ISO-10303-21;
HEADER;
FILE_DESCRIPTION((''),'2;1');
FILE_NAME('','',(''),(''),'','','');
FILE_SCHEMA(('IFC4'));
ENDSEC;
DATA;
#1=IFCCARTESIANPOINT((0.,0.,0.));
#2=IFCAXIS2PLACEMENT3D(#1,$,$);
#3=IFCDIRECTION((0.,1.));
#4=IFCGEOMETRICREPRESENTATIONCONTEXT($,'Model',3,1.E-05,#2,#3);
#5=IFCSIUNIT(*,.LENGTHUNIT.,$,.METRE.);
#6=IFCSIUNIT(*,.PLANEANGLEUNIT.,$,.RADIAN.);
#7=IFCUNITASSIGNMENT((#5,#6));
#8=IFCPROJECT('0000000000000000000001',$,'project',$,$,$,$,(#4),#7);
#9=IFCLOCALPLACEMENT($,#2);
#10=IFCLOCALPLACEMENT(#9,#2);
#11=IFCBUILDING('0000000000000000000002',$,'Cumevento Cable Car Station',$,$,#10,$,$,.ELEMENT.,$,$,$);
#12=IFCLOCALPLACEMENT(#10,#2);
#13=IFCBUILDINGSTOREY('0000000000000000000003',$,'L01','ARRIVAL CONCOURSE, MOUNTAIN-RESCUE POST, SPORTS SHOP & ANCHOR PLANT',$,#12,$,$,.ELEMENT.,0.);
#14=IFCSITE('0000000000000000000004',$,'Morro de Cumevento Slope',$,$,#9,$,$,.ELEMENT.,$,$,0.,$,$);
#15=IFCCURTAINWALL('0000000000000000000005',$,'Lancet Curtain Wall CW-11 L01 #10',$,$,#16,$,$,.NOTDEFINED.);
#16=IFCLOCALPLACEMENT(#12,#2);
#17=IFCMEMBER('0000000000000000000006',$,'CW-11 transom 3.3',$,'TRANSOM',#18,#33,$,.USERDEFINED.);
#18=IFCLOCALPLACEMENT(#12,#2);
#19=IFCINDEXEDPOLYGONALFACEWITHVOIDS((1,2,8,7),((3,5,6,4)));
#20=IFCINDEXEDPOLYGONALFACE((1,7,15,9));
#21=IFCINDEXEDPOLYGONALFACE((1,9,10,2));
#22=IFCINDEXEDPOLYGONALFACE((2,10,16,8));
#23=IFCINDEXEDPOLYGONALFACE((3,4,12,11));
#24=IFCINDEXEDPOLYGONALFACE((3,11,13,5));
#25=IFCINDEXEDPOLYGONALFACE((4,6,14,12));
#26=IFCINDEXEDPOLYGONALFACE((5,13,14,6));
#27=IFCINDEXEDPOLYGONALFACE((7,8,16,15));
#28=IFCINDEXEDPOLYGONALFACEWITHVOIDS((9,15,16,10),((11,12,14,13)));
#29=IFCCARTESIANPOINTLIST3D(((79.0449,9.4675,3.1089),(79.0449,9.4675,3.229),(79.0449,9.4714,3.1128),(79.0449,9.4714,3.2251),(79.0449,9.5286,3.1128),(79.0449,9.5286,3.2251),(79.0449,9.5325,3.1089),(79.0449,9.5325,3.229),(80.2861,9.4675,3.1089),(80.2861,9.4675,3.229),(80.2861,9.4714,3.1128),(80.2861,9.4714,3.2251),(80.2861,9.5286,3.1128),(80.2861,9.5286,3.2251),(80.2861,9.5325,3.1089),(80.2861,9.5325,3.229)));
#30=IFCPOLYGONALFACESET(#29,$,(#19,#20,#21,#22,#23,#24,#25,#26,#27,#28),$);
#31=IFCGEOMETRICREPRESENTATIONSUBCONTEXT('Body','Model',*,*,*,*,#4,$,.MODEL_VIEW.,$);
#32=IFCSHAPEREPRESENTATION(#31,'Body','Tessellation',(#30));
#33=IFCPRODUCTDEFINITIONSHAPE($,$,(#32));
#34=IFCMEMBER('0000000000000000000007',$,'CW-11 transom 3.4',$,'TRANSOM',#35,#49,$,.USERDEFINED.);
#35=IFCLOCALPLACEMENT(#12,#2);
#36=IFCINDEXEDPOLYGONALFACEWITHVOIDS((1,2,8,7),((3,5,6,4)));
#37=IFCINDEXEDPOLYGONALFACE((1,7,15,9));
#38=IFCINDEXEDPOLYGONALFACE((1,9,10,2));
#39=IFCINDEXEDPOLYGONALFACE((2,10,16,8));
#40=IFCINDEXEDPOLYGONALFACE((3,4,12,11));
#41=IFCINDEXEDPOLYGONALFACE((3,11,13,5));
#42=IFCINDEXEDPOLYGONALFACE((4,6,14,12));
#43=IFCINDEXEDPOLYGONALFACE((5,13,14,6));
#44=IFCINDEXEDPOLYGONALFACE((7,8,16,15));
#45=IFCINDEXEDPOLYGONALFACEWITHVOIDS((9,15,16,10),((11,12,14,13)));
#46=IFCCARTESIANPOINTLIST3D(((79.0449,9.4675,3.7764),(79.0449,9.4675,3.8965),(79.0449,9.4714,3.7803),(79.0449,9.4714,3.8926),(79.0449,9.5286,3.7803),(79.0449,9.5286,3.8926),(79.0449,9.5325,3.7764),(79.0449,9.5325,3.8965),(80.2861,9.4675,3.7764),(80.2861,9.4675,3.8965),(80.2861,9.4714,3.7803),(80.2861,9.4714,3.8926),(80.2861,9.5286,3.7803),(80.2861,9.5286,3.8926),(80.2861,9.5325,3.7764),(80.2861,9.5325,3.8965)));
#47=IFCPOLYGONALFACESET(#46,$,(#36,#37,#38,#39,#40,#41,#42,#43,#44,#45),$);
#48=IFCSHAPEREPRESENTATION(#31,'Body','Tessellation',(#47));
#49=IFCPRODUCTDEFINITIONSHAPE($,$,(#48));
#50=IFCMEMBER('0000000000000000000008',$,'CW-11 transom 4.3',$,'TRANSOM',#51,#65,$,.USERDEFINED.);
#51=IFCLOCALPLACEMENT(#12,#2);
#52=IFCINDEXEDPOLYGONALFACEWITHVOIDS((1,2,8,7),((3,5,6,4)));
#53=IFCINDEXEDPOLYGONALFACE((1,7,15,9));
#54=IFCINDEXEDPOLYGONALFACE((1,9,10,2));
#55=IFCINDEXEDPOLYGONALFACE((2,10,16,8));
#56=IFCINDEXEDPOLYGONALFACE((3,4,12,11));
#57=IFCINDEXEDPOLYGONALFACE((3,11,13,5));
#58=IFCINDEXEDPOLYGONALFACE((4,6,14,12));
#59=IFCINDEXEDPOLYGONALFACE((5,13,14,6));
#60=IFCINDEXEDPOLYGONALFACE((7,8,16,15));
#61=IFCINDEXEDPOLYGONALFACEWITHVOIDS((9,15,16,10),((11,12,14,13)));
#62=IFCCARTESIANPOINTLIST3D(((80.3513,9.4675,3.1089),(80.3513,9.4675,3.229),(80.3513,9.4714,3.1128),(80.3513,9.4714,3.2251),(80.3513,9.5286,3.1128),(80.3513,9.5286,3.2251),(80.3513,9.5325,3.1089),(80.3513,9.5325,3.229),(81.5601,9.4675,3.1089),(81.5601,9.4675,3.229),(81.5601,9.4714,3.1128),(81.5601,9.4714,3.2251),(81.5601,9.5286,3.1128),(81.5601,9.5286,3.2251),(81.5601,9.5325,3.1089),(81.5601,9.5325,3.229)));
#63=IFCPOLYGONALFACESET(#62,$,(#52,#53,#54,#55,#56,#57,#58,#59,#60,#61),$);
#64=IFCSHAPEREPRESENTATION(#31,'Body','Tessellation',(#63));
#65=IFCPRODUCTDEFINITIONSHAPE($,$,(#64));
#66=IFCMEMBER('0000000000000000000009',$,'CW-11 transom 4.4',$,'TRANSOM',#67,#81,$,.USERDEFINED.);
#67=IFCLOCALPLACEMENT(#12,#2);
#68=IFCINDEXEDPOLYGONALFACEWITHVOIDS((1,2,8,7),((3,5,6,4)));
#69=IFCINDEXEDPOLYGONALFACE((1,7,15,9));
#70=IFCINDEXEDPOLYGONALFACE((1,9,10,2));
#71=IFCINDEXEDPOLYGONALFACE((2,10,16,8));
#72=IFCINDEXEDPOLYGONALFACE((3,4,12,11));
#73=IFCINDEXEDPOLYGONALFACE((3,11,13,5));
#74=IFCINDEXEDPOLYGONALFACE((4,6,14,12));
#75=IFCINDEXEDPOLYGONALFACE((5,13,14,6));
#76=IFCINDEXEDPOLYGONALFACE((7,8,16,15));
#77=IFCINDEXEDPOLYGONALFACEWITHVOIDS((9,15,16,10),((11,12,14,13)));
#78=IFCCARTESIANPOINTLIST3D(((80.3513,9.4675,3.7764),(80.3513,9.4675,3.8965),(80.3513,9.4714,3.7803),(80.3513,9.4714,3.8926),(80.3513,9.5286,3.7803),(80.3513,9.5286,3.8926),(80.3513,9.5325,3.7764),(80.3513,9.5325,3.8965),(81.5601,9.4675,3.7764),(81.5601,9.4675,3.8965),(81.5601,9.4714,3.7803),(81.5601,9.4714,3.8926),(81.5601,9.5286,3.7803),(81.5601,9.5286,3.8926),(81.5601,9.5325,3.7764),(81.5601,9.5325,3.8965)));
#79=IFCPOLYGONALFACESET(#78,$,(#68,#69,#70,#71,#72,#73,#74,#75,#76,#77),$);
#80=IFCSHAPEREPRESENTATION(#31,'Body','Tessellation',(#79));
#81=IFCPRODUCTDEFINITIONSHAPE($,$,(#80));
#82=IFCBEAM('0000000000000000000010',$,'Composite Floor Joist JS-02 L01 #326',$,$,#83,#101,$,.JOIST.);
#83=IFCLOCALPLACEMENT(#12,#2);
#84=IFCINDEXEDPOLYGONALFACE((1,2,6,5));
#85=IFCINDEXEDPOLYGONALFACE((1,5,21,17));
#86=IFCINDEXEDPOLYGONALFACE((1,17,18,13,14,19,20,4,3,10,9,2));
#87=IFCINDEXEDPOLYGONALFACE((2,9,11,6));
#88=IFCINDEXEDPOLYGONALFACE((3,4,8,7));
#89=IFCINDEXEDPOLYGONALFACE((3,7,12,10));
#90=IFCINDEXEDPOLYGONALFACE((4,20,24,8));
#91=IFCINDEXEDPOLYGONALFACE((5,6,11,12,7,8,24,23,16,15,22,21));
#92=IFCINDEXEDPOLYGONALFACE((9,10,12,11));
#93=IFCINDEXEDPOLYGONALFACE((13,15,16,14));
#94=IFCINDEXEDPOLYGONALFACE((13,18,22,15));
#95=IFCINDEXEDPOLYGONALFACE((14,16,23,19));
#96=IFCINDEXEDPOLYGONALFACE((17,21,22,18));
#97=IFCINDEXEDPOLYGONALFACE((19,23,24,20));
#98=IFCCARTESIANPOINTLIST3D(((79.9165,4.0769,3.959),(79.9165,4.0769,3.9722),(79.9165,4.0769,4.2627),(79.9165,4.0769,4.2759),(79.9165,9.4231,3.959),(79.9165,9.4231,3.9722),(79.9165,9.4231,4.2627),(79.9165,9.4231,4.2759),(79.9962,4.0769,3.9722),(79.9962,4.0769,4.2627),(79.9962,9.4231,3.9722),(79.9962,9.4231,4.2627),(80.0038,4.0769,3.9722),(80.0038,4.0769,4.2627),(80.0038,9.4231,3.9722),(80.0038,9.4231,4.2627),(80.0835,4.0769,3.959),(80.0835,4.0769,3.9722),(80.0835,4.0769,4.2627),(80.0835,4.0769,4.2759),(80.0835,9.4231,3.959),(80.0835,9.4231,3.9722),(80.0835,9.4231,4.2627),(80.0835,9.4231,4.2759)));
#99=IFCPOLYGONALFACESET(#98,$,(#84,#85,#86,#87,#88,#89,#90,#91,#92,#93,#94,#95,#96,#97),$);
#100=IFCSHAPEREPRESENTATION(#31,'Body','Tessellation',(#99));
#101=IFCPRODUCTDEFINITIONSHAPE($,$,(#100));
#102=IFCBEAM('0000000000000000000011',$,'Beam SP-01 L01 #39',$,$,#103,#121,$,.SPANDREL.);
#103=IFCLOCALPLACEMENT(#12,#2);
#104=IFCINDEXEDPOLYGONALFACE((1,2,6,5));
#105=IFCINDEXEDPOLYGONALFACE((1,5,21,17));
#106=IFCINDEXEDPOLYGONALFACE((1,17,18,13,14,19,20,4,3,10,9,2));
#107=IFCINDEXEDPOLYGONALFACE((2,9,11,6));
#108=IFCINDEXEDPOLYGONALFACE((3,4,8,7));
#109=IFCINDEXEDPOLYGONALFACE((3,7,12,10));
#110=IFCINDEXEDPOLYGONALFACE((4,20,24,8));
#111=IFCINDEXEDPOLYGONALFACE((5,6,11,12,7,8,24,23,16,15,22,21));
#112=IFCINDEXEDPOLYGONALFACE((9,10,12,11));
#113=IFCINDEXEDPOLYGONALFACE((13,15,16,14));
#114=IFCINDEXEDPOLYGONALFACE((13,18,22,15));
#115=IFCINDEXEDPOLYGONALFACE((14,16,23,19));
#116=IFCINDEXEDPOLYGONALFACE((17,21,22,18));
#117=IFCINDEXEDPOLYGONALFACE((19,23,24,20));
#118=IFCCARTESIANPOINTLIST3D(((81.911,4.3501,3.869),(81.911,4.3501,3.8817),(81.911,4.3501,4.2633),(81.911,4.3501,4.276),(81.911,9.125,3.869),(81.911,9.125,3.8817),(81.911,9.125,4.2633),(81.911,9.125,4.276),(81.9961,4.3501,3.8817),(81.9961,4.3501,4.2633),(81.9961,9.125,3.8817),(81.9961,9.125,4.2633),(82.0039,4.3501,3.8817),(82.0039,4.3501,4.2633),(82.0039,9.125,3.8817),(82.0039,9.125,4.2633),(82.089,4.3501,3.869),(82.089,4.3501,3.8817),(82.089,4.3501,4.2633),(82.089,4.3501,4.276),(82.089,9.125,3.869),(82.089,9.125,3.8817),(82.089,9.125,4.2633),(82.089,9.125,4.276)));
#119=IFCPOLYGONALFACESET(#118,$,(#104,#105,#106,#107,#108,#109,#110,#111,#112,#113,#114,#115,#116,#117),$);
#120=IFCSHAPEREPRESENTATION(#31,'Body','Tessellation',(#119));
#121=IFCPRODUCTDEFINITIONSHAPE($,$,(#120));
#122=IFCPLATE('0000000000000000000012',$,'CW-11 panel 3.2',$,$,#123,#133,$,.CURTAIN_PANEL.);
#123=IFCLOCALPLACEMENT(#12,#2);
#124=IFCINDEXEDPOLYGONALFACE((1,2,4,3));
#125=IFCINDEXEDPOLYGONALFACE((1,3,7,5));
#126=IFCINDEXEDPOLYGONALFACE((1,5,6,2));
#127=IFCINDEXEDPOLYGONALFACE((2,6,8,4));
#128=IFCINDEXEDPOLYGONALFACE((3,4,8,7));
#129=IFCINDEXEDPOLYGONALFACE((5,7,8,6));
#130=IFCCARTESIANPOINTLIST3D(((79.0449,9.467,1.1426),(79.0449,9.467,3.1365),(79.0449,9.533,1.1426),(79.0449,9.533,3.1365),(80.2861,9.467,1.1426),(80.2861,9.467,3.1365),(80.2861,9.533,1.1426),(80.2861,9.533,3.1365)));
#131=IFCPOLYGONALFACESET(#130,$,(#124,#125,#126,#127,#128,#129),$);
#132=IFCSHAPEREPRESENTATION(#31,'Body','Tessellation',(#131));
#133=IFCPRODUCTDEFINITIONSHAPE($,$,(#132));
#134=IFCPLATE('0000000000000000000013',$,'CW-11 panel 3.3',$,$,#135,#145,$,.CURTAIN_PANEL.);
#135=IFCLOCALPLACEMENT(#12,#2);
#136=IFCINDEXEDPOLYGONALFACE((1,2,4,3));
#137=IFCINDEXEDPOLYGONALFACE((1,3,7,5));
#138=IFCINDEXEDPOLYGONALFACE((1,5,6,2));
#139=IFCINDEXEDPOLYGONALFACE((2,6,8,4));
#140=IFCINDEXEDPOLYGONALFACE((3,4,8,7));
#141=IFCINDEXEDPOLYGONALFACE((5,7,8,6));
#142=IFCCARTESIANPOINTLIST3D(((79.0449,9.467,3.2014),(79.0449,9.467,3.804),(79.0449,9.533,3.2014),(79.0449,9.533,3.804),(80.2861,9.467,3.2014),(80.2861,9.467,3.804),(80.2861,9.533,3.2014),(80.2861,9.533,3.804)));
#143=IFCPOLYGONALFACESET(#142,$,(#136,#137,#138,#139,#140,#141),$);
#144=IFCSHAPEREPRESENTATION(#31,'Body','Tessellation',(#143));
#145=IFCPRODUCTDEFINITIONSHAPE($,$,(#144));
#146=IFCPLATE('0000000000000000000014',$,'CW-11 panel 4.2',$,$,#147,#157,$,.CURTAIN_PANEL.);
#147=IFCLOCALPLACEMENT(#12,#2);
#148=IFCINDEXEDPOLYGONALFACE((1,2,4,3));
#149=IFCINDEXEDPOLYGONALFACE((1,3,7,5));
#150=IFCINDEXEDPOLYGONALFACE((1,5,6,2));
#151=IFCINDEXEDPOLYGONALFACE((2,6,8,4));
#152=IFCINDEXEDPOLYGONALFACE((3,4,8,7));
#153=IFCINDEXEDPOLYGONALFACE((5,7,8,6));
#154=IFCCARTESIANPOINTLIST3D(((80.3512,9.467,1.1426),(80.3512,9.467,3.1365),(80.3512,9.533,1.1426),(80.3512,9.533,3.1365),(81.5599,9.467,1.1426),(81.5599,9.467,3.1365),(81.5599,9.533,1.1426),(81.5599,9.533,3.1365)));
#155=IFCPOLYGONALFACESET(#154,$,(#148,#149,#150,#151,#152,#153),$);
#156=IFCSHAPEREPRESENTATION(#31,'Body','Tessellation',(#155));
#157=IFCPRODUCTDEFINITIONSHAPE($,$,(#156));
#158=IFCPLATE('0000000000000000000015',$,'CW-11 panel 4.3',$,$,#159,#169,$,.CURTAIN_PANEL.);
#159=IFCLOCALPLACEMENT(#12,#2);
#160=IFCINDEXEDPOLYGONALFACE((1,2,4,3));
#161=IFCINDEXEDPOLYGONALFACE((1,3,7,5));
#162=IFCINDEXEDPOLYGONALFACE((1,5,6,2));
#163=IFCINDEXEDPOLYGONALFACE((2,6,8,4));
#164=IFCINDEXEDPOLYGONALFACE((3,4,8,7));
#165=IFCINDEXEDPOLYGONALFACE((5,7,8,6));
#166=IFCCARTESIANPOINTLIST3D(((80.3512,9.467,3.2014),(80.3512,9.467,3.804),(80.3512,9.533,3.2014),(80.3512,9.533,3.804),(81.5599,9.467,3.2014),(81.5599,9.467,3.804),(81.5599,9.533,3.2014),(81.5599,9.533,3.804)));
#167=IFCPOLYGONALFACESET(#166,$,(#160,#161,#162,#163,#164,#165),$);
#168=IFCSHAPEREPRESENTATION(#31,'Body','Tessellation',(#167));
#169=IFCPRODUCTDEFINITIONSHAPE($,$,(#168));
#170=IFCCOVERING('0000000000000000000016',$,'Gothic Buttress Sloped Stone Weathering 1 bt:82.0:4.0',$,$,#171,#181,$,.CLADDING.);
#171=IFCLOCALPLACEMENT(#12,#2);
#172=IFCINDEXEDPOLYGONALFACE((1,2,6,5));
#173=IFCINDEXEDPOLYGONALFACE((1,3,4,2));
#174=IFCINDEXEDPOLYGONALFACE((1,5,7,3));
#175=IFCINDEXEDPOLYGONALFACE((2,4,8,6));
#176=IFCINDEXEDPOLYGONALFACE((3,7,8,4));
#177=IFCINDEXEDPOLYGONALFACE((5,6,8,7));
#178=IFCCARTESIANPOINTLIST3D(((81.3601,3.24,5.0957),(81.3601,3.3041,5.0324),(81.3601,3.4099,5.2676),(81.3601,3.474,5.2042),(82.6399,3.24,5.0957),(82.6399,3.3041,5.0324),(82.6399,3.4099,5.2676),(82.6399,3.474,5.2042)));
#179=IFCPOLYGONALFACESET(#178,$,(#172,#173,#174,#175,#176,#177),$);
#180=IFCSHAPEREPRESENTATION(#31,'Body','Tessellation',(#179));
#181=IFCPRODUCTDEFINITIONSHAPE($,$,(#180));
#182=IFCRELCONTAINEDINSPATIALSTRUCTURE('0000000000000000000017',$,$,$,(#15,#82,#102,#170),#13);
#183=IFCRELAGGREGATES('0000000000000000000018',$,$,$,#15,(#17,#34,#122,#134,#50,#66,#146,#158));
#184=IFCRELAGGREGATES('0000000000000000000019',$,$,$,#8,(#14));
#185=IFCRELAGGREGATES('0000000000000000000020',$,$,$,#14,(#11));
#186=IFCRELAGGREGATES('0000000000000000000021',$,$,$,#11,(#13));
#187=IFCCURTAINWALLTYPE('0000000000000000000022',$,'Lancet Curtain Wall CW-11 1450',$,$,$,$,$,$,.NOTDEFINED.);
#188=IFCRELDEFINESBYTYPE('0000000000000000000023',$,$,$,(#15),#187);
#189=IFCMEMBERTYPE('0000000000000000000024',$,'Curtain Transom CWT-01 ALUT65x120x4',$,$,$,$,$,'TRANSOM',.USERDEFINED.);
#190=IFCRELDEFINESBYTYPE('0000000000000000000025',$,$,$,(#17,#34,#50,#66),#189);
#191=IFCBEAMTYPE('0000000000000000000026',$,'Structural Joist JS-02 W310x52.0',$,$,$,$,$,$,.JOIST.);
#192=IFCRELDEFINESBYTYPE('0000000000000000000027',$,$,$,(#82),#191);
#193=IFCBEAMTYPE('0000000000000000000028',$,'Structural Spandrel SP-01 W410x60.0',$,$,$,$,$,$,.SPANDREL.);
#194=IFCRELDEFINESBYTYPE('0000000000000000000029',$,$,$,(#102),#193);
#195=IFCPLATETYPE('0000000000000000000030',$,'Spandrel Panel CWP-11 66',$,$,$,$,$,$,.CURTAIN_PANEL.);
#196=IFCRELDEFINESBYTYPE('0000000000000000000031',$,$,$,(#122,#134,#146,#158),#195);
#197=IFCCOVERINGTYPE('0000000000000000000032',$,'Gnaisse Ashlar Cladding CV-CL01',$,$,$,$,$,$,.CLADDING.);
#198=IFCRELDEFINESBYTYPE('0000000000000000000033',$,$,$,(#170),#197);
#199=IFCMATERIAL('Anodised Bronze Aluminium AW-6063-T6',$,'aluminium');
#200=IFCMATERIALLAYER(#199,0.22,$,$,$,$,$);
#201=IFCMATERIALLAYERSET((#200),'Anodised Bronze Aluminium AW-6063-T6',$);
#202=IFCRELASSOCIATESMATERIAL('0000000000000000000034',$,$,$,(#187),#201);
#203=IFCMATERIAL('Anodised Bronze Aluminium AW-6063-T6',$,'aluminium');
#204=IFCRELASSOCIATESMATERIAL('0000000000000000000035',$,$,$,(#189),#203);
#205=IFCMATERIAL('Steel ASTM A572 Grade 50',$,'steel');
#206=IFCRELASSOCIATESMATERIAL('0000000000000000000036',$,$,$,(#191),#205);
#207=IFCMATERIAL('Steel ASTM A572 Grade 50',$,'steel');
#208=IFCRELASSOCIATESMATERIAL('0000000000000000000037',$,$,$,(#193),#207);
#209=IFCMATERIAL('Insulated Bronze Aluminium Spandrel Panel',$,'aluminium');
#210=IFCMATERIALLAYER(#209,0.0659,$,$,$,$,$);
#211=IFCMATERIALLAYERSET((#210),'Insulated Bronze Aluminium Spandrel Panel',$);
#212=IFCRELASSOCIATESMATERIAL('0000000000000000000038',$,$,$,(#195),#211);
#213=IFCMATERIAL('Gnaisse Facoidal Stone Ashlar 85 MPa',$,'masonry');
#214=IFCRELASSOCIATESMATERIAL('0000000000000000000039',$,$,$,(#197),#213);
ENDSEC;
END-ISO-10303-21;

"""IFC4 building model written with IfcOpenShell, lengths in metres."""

from ifc_helpers import new_model, si_unit, direction, frame, origin, origin_2d, place, context, subcontext, project, spatial, polyline, rectangle, hollow_rectangle, i_section, outline, extrude, material, layer, layer_set, material_profile, profile_set, type_object, element, aggregate, save


model = new_model("IFC4")

# Units and contexts
model_context = context("Model", 3, precision=1e-05, world=origin(), true_north=direction((0.0, 1.0)))
body_context = subcontext(model_context, "Body", "Model", "MODEL_VIEW")
ifc_project = project(units=[si_unit("LENGTHUNIT", "METRE"), si_unit("PLANEANGLEUNIT", "RADIAN")], contexts=[model_context])

# Site, building, storey
site_placement = place(None, origin())
site = spatial("IfcSite", under=ifc_project, at=site_placement, Name="Morro de Cumevento Slope", CompositionType="ELEMENT", RefElevation=0.0)
building_placement = place(site_placement, origin())
building = spatial("IfcBuilding", under=site, at=building_placement, Name="Cumevento Cable Car Station", CompositionType="ELEMENT")
storey_placement = place(building_placement, origin())
storey = spatial("IfcBuildingStorey", under=building, at=storey_placement, Name="L01", Description="ARRIVAL CONCOURSE, MOUNTAIN-RESCUE POST, SPORTS SHOP & ANCHOR PLANT", CompositionType="ELEMENT", Elevation=0.0)

# Curtain wall, members
ifc_material_1 = material(Name="Anodised Bronze Aluminium AW-6063-T6", Category="aluminium")
ifc_layer_1 = layer(ifc_material_1, 0.22)
ifc_layer_set_1 = layer_set([ifc_layer_1], Name="Anodised Bronze Aluminium AW-6063-T6")
curtain_wall_type = type_object("IfcCurtainWallType", Name="Lancet Curtain Wall CW-11 1450", PredefinedType="NOTDEFINED", material=ifc_layer_set_1)
curtain_wall_placement = place(storey_placement, origin())
curtain_wall = element("IfcCurtainWall", 1, at=curtain_wall_placement, inside=storey, type_object=curtain_wall_type, Name="Lancet Curtain Wall CW-11 L01 #10", PredefinedType="NOTDEFINED")
ifc_material_2 = material(Name="Anodised Bronze Aluminium AW-6063-T6", Category="aluminium")
ifc_material_profile_1 = material_profile(ifc_material_2, hollow_rectangle(XDim=0.0649, YDim=0.1201, WallThickness=0.0039, at=origin_2d()), Name="ALUT65x120x4")
ifc_profile_set_1 = profile_set([ifc_material_profile_1], Name="Anodised Bronze Aluminium AW-6063-T6")
member_type = type_object("IfcMemberType", Name="Curtain Transom CWT-01 ALUT65x120x4", ElementType="TRANSOM", PredefinedType="USERDEFINED", material=ifc_profile_set_1)
member_1_placement = place(storey_placement, frame((79.0449, 9.5, 3.1689), z_axis=(1.0, 0.0, 0.0), x_axis=(0.0, 1.0, 0.0)))
member_1 = element("IfcMember", 2, at=member_1_placement, type_object=member_type, Name="CW-11 transom 3.3", ObjectType="TRANSOM", PredefinedType="USERDEFINED", context=body_context, shape_type="SweptSolid", body=[
    extrude(hollow_rectangle(XDim=0.0649, YDim=0.1201, WallThickness=0.0039, at=origin_2d()), origin(), (0.0, 0.0, 1.0), 1.2412),
])
member_2_placement = place(storey_placement, frame((79.0449, 9.5, 3.8364), z_axis=(1.0, 0.0, 0.0), x_axis=(0.0, 1.0, 0.0)))
member_2 = element("IfcMember", 3, at=member_2_placement, type_object=member_type, Name="CW-11 transom 3.4", ObjectType="TRANSOM", PredefinedType="USERDEFINED", context=body_context, shape_type="SweptSolid", body=[
    extrude(hollow_rectangle(XDim=0.0649, YDim=0.1201, WallThickness=0.0039, at=origin_2d()), origin(), (0.0, 0.0, 1.0), 1.2412),
])
member_3_placement = place(storey_placement, frame((80.3513, 9.5, 3.1689), z_axis=(1.0, 0.0, 0.0), x_axis=(0.0, 1.0, 0.0)))
member_3 = element("IfcMember", 4, at=member_3_placement, type_object=member_type, Name="CW-11 transom 4.3", ObjectType="TRANSOM", PredefinedType="USERDEFINED", context=body_context, shape_type="SweptSolid", body=[
    extrude(hollow_rectangle(XDim=0.0649, YDim=0.1201, WallThickness=0.0039, at=origin_2d()), origin(), (0.0, 0.0, 1.0), 1.2087),
])
member_4_placement = place(storey_placement, frame((80.3513, 9.5, 3.8364), z_axis=(1.0, 0.0, 0.0), x_axis=(0.0, 1.0, 0.0)))
member_4 = element("IfcMember", 5, at=member_4_placement, type_object=member_type, Name="CW-11 transom 4.4", ObjectType="TRANSOM", PredefinedType="USERDEFINED", context=body_context, shape_type="SweptSolid", body=[
    extrude(hollow_rectangle(XDim=0.0649, YDim=0.1201, WallThickness=0.0039, at=origin_2d()), origin(), (0.0, 0.0, 1.0), 1.2087),
])

# Beams
ifc_material_3 = material(Name="Steel ASTM A572 Grade 50", Category="steel")
ifc_material_profile_2 = material_profile(ifc_material_3, i_section(OverallWidth=0.167, OverallDepth=0.3169, WebThickness=0.0076, FlangeThickness=0.0132, at=origin_2d()), Name="W310x52.0")
ifc_profile_set_2 = profile_set([ifc_material_profile_2], Name="Steel ASTM A572 Grade 50")
beam_type_1 = type_object("IfcBeamType", Name="Structural Joist JS-02 W310x52.0", PredefinedType="JOIST", material=ifc_profile_set_2)
beam_1_placement = place(storey_placement, frame((80.0, 4.0769, 4.1174), z_axis=(0.0, 1.0, 0.0), x_axis=(-1.0, 0.0, 0.0)))
element("IfcBeam", 6, at=beam_1_placement, inside=storey, type_object=beam_type_1, Name="Composite Floor Joist JS-02 L01 #326", PredefinedType="JOIST", context=body_context, shape_type="SweptSolid", body=[
    extrude(i_section(OverallWidth=0.167, OverallDepth=0.3169, WebThickness=0.0076, FlangeThickness=0.0132, at=origin_2d()), origin(), (0.0, 0.0, 1.0), 5.3462),
])
ifc_material_4 = material(Name="Steel ASTM A572 Grade 50", Category="steel")
ifc_material_profile_3 = material_profile(ifc_material_4, i_section(OverallWidth=0.178, OverallDepth=0.407, WebThickness=0.0078, FlangeThickness=0.0127, at=origin_2d()), Name="W410x60.0")
ifc_profile_set_3 = profile_set([ifc_material_profile_3], Name="Steel ASTM A572 Grade 50")
beam_type_2 = type_object("IfcBeamType", Name="Structural Spandrel SP-01 W410x60.0", PredefinedType="SPANDREL", material=ifc_profile_set_3)
beam_2_placement = place(storey_placement, frame((82.0, 4.3501, 4.0725), z_axis=(0.0, 1.0, 0.0), x_axis=(-1.0, 0.0, 0.0)))
element("IfcBeam", 7, at=beam_2_placement, inside=storey, type_object=beam_type_2, Name="Beam SP-01 L01 #39", PredefinedType="SPANDREL", context=body_context, shape_type="SweptSolid", body=[
    extrude(i_section(OverallWidth=0.178, OverallDepth=0.407, WebThickness=0.0078, FlangeThickness=0.0127, at=origin_2d()), origin(), (0.0, 0.0, 1.0), 4.7749),
])

# Plates
ifc_material_5 = material(Name="Insulated Bronze Aluminium Spandrel Panel", Category="aluminium")
ifc_layer_2 = layer(ifc_material_5, 0.0659)
ifc_layer_set_2 = layer_set([ifc_layer_2], Name="Insulated Bronze Aluminium Spandrel Panel")
plate_type = type_object("IfcPlateType", Name="Spandrel Panel CWP-11 66", PredefinedType="CURTAIN_PANEL", material=ifc_layer_set_2)
plate_1_placement = place(storey_placement, frame((79.6655, 9.5, 1.1426), z_axis=(0.0, 0.0, 1.0), x_axis=(1.0, 0.0, 0.0)))
plate_1 = element("IfcPlate", 8, at=plate_1_placement, type_object=plate_type, Name="CW-11 panel 3.2", PredefinedType="CURTAIN_PANEL", context=body_context, shape_type="SweptSolid", body=[
    extrude(rectangle(XDim=1.2412, YDim=0.0659, at=origin_2d()), origin(), (0.0, 0.0, 1.0), 1.9939),
])
plate_2_placement = place(storey_placement, frame((79.6655, 9.5, 3.2014), z_axis=(0.0, 0.0, 1.0), x_axis=(1.0, 0.0, 0.0)))
plate_2 = element("IfcPlate", 9, at=plate_2_placement, type_object=plate_type, Name="CW-11 panel 3.3", PredefinedType="CURTAIN_PANEL", context=body_context, shape_type="SweptSolid", body=[
    extrude(rectangle(XDim=1.2412, YDim=0.0659, at=origin_2d()), origin(), (0.0, 0.0, 1.0), 0.6025),
])
plate_3_placement = place(storey_placement, frame((80.9556, 9.5, 1.1426), z_axis=(0.0, 0.0, 1.0), x_axis=(1.0, 0.0, 0.0)))
plate_3 = element("IfcPlate", 10, at=plate_3_placement, type_object=plate_type, Name="CW-11 panel 4.2", PredefinedType="CURTAIN_PANEL", context=body_context, shape_type="SweptSolid", body=[
    extrude(rectangle(XDim=1.2087, YDim=0.0659, at=origin_2d()), origin(), (0.0, 0.0, 1.0), 1.9939),
])
plate_4_placement = place(storey_placement, frame((80.9556, 9.5, 3.2014), z_axis=(0.0, 0.0, 1.0), x_axis=(1.0, 0.0, 0.0)))
plate_4 = element("IfcPlate", 11, at=plate_4_placement, type_object=plate_type, Name="CW-11 panel 4.3", PredefinedType="CURTAIN_PANEL", context=body_context, shape_type="SweptSolid", body=[
    extrude(rectangle(XDim=1.2087, YDim=0.0659, at=origin_2d()), origin(), (0.0, 0.0, 1.0), 0.6025),
])
aggregate(curtain_wall, [member_1, member_2, plate_1, plate_2, member_3, member_4, plate_3, plate_4])

# Covering
ifc_material_6 = material(Name="Gnaisse Facoidal Stone Ashlar 85 MPa", Category="masonry")
covering_type = type_object("IfcCoveringType", Name="Gnaisse Ashlar Cladding CV-CL01", PredefinedType="CLADDING", material=ifc_material_6)
covering_1_placement = place(storey_placement, frame((81.3601, 3.24, 5.0957), z_axis=(0.0, -0.711136, 0.703055), x_axis=(1.0, 0.0, 0.0)))
element("IfcCovering", 12, at=covering_1_placement, inside=storey, type_object=covering_type, Name="Gothic Buttress Sloped Stone Weathering 1 bt:82.0:4.0", PredefinedType="CLADDING", context=body_context, shape_type="SweptSolid", body=[
    extrude(outline(polyline([(0.0, 0.0), (1.2798, 0.0), (1.2798, 0.2417), (0.0, 0.2417), (0.0, 0.0)])), origin(), (0.0, 0.0, -1.0), 0.0901),
])

save(model, "model.ifc")
